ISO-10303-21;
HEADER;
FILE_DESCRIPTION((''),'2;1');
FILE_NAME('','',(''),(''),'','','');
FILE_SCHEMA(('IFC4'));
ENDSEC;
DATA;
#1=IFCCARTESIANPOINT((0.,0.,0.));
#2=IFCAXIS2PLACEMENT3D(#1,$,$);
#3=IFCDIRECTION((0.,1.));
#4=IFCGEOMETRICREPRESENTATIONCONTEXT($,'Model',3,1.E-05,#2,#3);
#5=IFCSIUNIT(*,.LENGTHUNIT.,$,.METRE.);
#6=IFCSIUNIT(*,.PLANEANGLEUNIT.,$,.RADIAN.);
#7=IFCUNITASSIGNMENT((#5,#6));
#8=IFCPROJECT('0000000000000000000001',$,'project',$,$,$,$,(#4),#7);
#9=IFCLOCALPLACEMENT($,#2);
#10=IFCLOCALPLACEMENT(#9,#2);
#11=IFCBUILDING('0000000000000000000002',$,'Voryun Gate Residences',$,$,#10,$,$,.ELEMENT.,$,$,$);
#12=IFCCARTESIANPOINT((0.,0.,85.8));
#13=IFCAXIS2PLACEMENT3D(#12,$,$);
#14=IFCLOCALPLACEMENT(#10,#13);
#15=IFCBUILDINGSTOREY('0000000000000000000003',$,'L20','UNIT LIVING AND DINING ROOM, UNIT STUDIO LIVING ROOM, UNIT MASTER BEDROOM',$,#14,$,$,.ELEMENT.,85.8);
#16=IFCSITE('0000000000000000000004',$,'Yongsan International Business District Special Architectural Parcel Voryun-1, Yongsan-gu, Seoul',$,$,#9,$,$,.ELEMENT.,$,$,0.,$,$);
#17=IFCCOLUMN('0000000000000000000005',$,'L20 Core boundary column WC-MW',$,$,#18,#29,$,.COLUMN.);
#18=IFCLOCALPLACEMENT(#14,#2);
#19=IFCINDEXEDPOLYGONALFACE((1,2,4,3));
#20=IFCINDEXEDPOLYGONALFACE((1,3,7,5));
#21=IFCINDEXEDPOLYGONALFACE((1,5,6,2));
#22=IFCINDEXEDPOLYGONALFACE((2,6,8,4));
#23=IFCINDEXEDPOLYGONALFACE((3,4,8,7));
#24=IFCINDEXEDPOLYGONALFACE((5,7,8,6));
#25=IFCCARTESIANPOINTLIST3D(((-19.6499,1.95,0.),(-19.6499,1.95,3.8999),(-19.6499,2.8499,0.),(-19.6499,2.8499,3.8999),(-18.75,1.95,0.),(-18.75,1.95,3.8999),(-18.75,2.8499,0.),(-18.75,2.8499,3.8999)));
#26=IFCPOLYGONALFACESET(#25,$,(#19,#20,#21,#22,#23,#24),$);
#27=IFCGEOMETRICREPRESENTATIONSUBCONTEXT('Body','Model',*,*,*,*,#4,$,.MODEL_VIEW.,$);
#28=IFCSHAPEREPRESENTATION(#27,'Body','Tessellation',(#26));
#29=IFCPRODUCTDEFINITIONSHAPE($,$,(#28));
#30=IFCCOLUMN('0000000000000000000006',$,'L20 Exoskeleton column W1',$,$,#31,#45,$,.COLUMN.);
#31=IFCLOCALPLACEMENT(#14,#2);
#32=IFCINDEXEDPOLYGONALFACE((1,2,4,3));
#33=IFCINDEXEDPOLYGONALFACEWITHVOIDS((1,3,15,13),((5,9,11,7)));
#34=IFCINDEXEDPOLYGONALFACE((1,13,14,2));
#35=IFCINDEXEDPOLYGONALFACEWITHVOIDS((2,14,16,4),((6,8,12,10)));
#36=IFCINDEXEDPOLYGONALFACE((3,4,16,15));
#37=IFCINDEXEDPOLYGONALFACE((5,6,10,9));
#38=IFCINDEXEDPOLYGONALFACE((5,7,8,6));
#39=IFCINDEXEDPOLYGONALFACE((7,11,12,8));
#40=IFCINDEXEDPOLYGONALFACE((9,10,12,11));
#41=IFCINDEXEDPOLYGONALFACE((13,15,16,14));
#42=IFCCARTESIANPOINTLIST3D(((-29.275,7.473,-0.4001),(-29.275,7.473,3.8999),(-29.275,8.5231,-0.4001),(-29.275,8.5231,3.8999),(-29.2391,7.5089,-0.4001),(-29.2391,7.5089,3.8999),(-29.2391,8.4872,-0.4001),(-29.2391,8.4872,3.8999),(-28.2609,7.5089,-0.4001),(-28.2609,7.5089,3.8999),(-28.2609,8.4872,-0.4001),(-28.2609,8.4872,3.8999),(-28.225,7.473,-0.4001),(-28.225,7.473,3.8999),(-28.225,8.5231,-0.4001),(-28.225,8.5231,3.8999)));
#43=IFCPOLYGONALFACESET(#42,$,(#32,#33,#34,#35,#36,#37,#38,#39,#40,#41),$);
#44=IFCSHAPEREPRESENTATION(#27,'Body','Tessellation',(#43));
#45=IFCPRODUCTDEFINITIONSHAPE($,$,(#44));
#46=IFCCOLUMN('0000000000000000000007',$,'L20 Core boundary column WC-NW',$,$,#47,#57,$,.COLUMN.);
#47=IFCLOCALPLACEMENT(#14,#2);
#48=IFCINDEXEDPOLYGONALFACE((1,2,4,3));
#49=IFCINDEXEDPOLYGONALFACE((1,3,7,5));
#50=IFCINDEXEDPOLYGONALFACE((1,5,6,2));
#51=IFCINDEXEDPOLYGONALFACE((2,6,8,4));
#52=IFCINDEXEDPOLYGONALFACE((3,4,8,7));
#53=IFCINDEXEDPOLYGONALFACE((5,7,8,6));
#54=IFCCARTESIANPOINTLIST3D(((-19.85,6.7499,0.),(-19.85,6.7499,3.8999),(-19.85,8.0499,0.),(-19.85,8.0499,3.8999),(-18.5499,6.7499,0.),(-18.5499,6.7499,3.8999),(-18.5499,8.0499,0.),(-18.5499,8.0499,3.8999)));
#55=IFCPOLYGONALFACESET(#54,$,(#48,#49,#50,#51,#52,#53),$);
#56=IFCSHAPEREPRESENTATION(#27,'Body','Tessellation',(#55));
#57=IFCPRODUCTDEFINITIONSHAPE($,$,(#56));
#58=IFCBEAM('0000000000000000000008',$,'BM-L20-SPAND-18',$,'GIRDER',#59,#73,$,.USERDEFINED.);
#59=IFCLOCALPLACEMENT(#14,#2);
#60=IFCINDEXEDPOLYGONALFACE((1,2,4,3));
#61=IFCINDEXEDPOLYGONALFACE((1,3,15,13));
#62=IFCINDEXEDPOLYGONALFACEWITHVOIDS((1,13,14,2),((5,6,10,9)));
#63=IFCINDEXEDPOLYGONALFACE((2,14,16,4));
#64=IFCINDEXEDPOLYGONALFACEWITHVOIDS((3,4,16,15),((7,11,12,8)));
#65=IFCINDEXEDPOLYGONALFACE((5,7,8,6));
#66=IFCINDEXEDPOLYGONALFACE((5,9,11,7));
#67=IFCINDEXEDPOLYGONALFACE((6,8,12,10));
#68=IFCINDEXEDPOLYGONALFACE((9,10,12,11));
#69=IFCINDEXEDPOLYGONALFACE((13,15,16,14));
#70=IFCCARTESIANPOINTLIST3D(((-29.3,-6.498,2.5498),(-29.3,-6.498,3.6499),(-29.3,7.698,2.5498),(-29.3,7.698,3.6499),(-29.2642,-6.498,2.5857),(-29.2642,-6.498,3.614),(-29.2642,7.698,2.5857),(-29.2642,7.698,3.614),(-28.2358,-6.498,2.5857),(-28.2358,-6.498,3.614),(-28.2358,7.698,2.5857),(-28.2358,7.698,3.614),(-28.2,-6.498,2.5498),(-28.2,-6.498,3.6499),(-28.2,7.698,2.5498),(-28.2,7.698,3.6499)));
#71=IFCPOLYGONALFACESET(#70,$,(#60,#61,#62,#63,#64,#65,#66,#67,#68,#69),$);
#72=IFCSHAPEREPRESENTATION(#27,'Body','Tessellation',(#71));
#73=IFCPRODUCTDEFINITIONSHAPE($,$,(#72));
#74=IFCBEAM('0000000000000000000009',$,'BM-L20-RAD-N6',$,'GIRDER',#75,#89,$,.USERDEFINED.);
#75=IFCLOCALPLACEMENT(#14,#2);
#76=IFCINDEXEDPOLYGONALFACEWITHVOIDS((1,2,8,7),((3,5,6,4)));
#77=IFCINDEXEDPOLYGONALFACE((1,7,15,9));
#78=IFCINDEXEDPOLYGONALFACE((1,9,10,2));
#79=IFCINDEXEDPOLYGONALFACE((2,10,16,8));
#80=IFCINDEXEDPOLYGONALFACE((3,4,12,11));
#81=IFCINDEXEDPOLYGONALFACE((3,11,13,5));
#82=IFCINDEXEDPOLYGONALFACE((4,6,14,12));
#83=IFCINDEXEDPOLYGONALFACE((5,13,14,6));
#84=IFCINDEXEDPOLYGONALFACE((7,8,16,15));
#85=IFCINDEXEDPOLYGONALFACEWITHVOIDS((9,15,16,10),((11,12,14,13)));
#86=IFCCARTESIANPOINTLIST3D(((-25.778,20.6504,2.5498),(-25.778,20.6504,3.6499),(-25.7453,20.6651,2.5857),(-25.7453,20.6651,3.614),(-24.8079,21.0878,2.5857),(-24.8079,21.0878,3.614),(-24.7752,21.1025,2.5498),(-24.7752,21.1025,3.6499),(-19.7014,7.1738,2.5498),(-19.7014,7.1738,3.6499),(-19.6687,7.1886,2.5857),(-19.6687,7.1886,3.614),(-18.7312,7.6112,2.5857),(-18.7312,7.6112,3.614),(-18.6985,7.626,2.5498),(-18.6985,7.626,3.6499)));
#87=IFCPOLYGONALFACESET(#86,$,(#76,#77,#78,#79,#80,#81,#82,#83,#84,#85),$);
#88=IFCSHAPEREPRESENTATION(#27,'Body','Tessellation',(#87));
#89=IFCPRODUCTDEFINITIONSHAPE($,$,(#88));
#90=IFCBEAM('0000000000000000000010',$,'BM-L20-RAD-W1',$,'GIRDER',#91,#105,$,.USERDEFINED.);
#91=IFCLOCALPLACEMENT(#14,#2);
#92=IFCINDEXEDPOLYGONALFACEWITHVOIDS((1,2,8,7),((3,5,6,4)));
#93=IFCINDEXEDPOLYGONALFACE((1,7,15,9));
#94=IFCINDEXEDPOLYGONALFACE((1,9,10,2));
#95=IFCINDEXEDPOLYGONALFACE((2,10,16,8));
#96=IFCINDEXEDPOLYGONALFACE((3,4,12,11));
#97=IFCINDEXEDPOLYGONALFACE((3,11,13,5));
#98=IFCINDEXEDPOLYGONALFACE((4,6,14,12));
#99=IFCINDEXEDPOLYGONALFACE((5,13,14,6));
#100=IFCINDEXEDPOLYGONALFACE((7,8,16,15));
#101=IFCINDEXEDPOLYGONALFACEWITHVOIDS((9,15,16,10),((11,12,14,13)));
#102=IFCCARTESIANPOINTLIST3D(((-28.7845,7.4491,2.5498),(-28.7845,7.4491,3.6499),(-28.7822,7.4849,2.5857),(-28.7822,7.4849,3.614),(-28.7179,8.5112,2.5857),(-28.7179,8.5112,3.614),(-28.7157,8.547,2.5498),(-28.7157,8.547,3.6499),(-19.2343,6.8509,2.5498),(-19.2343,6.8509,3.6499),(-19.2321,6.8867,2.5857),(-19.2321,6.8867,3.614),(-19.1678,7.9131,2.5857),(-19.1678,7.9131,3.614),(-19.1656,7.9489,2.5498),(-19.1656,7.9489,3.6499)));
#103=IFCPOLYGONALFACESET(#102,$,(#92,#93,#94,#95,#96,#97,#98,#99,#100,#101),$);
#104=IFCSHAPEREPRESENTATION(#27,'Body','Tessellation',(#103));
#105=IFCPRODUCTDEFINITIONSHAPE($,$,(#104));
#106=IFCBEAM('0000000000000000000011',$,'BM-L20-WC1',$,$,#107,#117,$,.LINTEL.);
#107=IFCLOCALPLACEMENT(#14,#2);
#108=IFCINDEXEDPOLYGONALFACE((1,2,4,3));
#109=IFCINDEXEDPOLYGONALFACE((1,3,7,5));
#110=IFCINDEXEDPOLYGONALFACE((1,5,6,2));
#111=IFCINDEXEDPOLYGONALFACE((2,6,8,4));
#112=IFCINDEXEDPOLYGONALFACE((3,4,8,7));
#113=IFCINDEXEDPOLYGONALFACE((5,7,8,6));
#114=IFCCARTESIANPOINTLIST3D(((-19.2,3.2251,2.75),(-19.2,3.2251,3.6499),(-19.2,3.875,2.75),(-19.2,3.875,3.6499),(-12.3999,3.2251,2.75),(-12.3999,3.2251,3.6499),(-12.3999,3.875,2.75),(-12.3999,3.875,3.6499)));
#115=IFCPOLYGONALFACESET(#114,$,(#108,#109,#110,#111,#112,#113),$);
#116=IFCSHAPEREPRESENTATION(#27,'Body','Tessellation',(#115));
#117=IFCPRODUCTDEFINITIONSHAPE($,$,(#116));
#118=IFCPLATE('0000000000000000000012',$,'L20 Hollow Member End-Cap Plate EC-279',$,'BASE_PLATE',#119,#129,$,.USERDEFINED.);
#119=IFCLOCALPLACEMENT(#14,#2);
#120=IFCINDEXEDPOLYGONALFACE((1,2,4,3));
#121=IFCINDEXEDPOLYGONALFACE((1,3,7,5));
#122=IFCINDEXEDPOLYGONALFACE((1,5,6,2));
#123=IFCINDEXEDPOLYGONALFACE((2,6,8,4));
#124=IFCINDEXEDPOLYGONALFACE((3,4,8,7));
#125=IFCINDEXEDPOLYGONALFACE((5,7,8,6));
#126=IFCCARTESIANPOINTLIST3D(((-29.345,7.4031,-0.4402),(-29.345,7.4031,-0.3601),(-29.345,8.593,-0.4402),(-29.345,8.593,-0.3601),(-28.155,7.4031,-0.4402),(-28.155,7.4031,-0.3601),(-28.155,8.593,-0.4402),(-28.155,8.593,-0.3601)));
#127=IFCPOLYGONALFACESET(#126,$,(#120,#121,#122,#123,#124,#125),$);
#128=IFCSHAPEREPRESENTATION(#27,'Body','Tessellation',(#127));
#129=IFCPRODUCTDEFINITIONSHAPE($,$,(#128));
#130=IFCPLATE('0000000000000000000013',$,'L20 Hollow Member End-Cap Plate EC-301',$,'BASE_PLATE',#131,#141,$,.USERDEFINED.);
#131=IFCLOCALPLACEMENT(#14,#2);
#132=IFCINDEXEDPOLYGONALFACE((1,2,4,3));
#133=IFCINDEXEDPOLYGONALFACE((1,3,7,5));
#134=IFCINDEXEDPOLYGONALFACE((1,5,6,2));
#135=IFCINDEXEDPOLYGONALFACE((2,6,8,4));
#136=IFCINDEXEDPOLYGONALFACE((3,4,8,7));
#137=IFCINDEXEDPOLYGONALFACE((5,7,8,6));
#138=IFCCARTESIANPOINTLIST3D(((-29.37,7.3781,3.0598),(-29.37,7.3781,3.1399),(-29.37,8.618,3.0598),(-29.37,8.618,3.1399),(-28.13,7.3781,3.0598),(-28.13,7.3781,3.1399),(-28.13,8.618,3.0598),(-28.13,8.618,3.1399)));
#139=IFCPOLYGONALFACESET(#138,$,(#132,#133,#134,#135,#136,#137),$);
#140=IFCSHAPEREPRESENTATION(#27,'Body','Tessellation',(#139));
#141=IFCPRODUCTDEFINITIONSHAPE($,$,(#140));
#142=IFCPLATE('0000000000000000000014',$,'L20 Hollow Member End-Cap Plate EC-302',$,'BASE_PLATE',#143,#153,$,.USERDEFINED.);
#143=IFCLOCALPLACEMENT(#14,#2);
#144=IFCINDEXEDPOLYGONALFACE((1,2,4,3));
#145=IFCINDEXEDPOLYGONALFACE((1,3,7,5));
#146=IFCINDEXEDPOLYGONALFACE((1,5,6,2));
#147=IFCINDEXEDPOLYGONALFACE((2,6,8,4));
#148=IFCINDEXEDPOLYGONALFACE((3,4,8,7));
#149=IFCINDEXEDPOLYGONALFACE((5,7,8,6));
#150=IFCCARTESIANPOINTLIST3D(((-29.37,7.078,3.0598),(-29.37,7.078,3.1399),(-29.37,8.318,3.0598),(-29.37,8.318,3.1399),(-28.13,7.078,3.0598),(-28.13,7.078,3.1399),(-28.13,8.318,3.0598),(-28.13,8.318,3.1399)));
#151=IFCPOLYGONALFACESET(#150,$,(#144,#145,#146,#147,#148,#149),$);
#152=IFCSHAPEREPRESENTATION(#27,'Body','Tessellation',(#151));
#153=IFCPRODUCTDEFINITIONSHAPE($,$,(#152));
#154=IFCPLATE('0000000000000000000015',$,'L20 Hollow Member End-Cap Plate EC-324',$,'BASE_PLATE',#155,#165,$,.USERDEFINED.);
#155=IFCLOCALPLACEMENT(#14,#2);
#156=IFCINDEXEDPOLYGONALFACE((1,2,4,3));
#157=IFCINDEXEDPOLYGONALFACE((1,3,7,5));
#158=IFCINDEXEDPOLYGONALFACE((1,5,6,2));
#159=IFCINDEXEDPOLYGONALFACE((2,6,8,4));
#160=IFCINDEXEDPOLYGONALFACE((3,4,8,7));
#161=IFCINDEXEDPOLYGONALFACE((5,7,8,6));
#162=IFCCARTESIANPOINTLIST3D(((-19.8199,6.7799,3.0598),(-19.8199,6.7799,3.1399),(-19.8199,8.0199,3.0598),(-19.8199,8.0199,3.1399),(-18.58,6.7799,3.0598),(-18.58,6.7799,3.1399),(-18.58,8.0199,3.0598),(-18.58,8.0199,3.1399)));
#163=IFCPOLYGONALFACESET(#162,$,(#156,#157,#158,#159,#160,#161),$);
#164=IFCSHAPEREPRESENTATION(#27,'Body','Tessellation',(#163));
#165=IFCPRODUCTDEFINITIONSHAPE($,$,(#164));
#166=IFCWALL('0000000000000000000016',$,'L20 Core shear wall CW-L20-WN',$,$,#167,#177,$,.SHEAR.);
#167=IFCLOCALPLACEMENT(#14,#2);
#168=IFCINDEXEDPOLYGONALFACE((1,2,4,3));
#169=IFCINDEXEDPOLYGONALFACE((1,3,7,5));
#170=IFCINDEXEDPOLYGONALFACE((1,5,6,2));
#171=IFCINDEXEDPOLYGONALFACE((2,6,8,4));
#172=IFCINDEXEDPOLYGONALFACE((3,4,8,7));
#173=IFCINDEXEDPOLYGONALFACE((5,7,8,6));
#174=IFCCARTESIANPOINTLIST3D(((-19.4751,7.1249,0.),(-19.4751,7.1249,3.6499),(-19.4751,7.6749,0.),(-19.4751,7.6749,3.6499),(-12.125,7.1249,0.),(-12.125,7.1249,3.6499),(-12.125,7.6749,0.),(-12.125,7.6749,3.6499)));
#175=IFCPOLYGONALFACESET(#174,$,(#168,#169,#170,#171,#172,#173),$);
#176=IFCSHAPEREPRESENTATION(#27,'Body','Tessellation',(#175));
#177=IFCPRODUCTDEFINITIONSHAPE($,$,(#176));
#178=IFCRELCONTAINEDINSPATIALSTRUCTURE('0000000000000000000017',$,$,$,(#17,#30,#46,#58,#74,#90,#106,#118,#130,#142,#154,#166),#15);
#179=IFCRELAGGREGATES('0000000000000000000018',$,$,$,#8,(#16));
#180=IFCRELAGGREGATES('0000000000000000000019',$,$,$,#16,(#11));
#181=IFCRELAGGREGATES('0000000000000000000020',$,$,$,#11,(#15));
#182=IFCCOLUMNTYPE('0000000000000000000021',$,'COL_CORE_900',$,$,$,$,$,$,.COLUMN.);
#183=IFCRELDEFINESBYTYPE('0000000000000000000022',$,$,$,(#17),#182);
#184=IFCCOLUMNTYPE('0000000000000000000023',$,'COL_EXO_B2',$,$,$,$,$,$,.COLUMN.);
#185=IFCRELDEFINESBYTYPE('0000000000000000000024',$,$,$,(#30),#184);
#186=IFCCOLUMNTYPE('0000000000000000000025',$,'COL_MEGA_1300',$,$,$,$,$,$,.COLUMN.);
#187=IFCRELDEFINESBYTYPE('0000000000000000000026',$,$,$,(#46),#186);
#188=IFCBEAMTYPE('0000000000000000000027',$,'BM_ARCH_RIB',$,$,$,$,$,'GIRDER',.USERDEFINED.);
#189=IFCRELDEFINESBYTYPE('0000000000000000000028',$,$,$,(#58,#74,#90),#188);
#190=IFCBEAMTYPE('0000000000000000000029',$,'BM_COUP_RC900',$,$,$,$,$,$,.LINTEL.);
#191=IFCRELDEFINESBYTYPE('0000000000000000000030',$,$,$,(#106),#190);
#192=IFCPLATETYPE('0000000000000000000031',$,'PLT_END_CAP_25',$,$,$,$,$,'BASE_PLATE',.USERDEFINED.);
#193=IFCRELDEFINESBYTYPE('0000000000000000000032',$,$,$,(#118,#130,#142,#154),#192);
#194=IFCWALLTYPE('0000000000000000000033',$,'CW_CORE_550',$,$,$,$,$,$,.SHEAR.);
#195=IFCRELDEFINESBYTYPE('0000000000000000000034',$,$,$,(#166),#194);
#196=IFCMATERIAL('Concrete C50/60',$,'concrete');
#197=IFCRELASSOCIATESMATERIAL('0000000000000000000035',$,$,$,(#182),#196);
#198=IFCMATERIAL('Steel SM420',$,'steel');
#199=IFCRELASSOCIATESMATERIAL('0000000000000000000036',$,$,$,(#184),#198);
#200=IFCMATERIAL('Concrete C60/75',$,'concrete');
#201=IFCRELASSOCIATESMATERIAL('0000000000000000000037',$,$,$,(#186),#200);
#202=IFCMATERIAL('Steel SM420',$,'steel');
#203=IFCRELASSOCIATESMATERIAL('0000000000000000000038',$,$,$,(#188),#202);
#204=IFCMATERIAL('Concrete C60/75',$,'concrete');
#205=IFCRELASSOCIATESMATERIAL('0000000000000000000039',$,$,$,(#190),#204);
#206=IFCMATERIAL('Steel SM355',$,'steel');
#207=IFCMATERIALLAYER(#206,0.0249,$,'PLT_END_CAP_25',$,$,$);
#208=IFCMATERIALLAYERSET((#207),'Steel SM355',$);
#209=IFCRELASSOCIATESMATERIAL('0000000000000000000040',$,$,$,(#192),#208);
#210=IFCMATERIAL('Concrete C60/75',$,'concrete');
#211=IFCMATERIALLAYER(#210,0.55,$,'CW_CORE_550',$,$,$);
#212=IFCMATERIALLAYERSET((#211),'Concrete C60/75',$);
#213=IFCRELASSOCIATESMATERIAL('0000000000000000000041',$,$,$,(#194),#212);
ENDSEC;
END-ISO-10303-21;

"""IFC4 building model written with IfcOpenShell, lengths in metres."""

from ifc_helpers import new_model, si_unit, direction, frame, frame_2d, origin, origin_2d, place, context, subcontext, project, spatial, rectangle, hollow_rectangle, extrude, material, layer, layer_set, material_profile, profile_set, type_object, element, save


model = new_model("IFC4")

# Units and contexts
model_context = context("Model", 3, precision=1e-05, world=origin(), true_north=direction((0.0, 1.0)))
body_context = subcontext(model_context, "Body", "Model", "MODEL_VIEW")
ifc_project = project(units=[si_unit("LENGTHUNIT", "METRE"), si_unit("PLANEANGLEUNIT", "RADIAN")], contexts=[model_context])

# Site, building, storey
site_placement = place(None, origin())
site = spatial("IfcSite", under=ifc_project, at=site_placement, Name="Yongsan International Business District Special Architectural Parcel Voryun-1, Yongsan-gu, Seoul", CompositionType="ELEMENT", RefElevation=0.0)
building_placement = place(site_placement, origin())
building = spatial("IfcBuilding", under=site, at=building_placement, Name="Voryun Gate Residences", CompositionType="ELEMENT")
storey_placement = place(building_placement, frame((0.0, 0.0, 85.8)))
storey = spatial("IfcBuildingStorey", under=building, at=storey_placement, Name="L20", Description="UNIT LIVING AND DINING ROOM, UNIT STUDIO LIVING ROOM, UNIT MASTER BEDROOM", CompositionType="ELEMENT", Elevation=85.8)

# Columns
ifc_material_1 = material(Name="Concrete C50/60", Category="concrete")
ifc_material_profile_1 = material_profile(ifc_material_1, rectangle(XDim=0.8999, YDim=0.8999, at=origin_2d()), Name="RC-900x900")
ifc_profile_set_1 = profile_set([ifc_material_profile_1], Name="Concrete C50/60")
column_type_1 = type_object("IfcColumnType", Name="COL_CORE_900", PredefinedType="COLUMN", material=ifc_profile_set_1)
column_1_placement = place(storey_placement, frame((-19.2, 2.3999, 0.0), z_axis=(0.0, 0.0, 1.0), x_axis=(1.0, 0.0, 0.0)))
element("IfcColumn", 1, at=column_1_placement, inside=storey, type_object=column_type_1, Name="L20 Core boundary column WC-MW", PredefinedType="COLUMN", context=body_context, shape_type="SweptSolid", body=[
    extrude(rectangle(XDim=0.8999, YDim=0.8999, at=origin_2d()), origin(), (0.0, 0.0, 1.0), 3.8999),
])
ifc_material_2 = material(Name="Steel SM420", Category="steel")
ifc_material_profile_2 = material_profile(ifc_material_2, hollow_rectangle(XDim=1.05, YDim=1.05, WallThickness=0.0359, at=origin_2d()), Name="BOX-1050x1050x36")
ifc_profile_set_2 = profile_set([ifc_material_profile_2], Name="Steel SM420")
column_type_2 = type_object("IfcColumnType", Name="COL_EXO_B2", PredefinedType="COLUMN", material=ifc_profile_set_2)
column_2_placement = place(storey_placement, frame((-28.75, 7.998, -0.4001), z_axis=(0.0, 0.0, 1.0), x_axis=(1.0, 0.0, 0.0)))
element("IfcColumn", 2, at=column_2_placement, inside=storey, type_object=column_type_2, Name="L20 Exoskeleton column W1", PredefinedType="COLUMN", context=body_context, shape_type="SweptSolid", body=[
    extrude(hollow_rectangle(XDim=1.05, YDim=1.05, WallThickness=0.0359, at=origin_2d()), origin(), (0.0, 0.0, 1.0), 4.3),
])
ifc_material_3 = material(Name="Concrete C60/75", Category="concrete")
ifc_material_profile_3 = material_profile(ifc_material_3, rectangle(XDim=1.3, YDim=1.3, at=origin_2d()), Name="RC-1300x1300")
ifc_profile_set_3 = profile_set([ifc_material_profile_3], Name="Concrete C60/75")
column_type_3 = type_object("IfcColumnType", Name="COL_MEGA_1300", PredefinedType="COLUMN", material=ifc_profile_set_3)
column_3_placement = place(storey_placement, frame((-19.2, 7.3999, 0.0), z_axis=(0.0, 0.0, 1.0), x_axis=(1.0, 0.0, 0.0)))
element("IfcColumn", 3, at=column_3_placement, inside=storey, type_object=column_type_3, Name="L20 Core boundary column WC-NW", PredefinedType="COLUMN", context=body_context, shape_type="SweptSolid", body=[
    extrude(rectangle(XDim=1.3, YDim=1.3, at=origin_2d()), origin(), (0.0, 0.0, 1.0), 3.8999),
])

# Beams
ifc_material_4 = material(Name="Steel SM420", Category="steel")
ifc_material_profile_4 = material_profile(ifc_material_4, hollow_rectangle(XDim=1.1001, YDim=1.1001, WallThickness=0.0359, at=origin_2d()), Name="BOX-1100x1100x36")
ifc_profile_set_4 = profile_set([ifc_material_profile_4], Name="Steel SM420")
beam_type_1 = type_object("IfcBeamType", Name="BM_ARCH_RIB", ElementType="GIRDER", PredefinedType="USERDEFINED", material=ifc_profile_set_4)
beam_1_placement = place(storey_placement, frame((-28.75, 7.698, 3.0999), z_axis=(0.0, -1.0, 0.0), x_axis=(1.0, 0.0, 0.0)))
element("IfcBeam", 4, at=beam_1_placement, inside=storey, type_object=beam_type_1, Name="BM-L20-SPAND-18", ObjectType="GIRDER", PredefinedType="USERDEFINED", context=body_context, shape_type="SweptSolid", body=[
    extrude(hollow_rectangle(XDim=1.1001, YDim=1.1001, WallThickness=0.0359, at=origin_2d()), origin(), (0.0, 0.0, 1.0), 14.196),
])
beam_2_placement = place(storey_placement, frame((-19.2, 7.3999, 3.0999), z_axis=(-0.411051, 0.911612, 0.0), x_axis=(-0.911612, -0.411051, 0.0)))
element("IfcBeam", 5, at=beam_2_placement, inside=storey, type_object=beam_type_1, Name="BM-L20-RAD-N6", ObjectType="GIRDER", PredefinedType="USERDEFINED", context=body_context, shape_type="SweptSolid", body=[
    extrude(hollow_rectangle(XDim=1.1001, YDim=1.1001, WallThickness=0.0359, at=origin_2d()), origin(), (0.0, 0.0, 1.0), 14.7832),
])
beam_3_placement = place(storey_placement, frame((-19.2, 7.3999, 3.0999), z_axis=(-0.998044, 0.06251, 0.0), x_axis=(-0.06251, -0.998044, 0.0)))
element("IfcBeam", 6, at=beam_3_placement, inside=storey, type_object=beam_type_1, Name="BM-L20-RAD-W1", ObjectType="GIRDER", PredefinedType="USERDEFINED", context=body_context, shape_type="SweptSolid", body=[
    extrude(hollow_rectangle(XDim=1.1001, YDim=1.1001, WallThickness=0.0359, at=origin_2d()), origin(), (0.0, 0.0, 1.0), 9.5688),
])
ifc_material_5 = material(Name="Concrete C60/75", Category="concrete")
ifc_material_profile_5 = material_profile(ifc_material_5, rectangle(XDim=0.6499, YDim=0.8999, at=origin_2d()), Name="RC-650x900")
ifc_profile_set_5 = profile_set([ifc_material_profile_5], Name="Concrete C60/75")
beam_type_2 = type_object("IfcBeamType", Name="BM_COUP_RC900", PredefinedType="LINTEL", material=ifc_profile_set_5)
beam_4_placement = place(storey_placement, frame((-19.2, 3.55, 3.2), z_axis=(1.0, 0.0, 0.0), x_axis=(0.0, 1.0, 0.0)))
element("IfcBeam", 7, at=beam_4_placement, inside=storey, type_object=beam_type_2, Name="BM-L20-WC1", PredefinedType="LINTEL", context=body_context, shape_type="SweptSolid", body=[
    extrude(rectangle(XDim=0.6499, YDim=0.8999, at=origin_2d()), origin(), (0.0, 0.0, 1.0), 6.8),
])

# Plates
ifc_material_6 = material(Name="Steel SM355", Category="steel")
ifc_layer_1 = layer(ifc_material_6, 0.0249, Name="PLT_END_CAP_25")
ifc_layer_set_1 = layer_set([ifc_layer_1], Name="Steel SM355")
plate_type = type_object("IfcPlateType", Name="PLT_END_CAP_25", ElementType="BASE_PLATE", PredefinedType="USERDEFINED", material=ifc_layer_set_1)
plate_placement = place(storey_placement, frame((-28.75, 7.998, -0.4402), z_axis=(0.0, 0.0, 1.0), x_axis=(1.0, 0.0, 0.0)))
element("IfcPlate", 8, at=plate_placement, inside=storey, type_object=plate_type, Name="L20 Hollow Member End-Cap Plate EC-279", ObjectType="BASE_PLATE", PredefinedType="USERDEFINED", context=body_context, shape_type="SweptSolid", body=[
    extrude(rectangle(XDim=1.1899, YDim=1.1899, at=origin_2d()), origin(), (0.0, 0.0, 1.0), 0.0801),
])
for number, where, z_axis, x_axis, name in (
    (9, (-28.75, 7.998, 3.0598), (0.0, 0.0, 1.0), (1.0, 0.0, 0.0), "L20 Hollow Member End-Cap Plate EC-301"),
    (10, (-28.75, 7.698, 3.0598), (0.0, 0.0, 1.0), (1.0, 0.0, 0.0), "L20 Hollow Member End-Cap Plate EC-302"),
    (11, (-19.2, 7.3999, 3.0598), (0.0, 0.0, 1.0), (1.0, 0.0, 0.0), "L20 Hollow Member End-Cap Plate EC-324"),
):
    element("IfcPlate", number, at=place(storey_placement, frame(where, z_axis=z_axis, x_axis=x_axis)), inside=storey, type_object=plate_type, Name=name, ObjectType="BASE_PLATE", PredefinedType="USERDEFINED", context=body_context, shape_type="SweptSolid", body=[
        extrude(rectangle(XDim=1.24, YDim=1.24, at=origin_2d()), origin(), (0.0, 0.0, 1.0), 0.0801),
    ])

# Wall
ifc_material_7 = material(Name="Concrete C60/75", Category="concrete")
ifc_layer_2 = layer(ifc_material_7, 0.55, Name="CW_CORE_550")
ifc_layer_set_2 = layer_set([ifc_layer_2], Name="Concrete C60/75")
wall_type_1 = type_object("IfcWallType", Name="CW_CORE_550", PredefinedType="SHEAR", material=ifc_layer_set_2)
wall_1_placement = place(storey_placement, frame((-19.4751, 7.3999, 0.0), z_axis=(0.0, 0.0, 1.0), x_axis=(1.0, 0.0, 0.0)))
element("IfcWall", 12, at=wall_1_placement, inside=storey, type_object=wall_type_1, Name="L20 Core shear wall CW-L20-WN", PredefinedType="SHEAR", context=body_context, shape_type="SweptSolid", body=[
    extrude(rectangle(XDim=7.3501, YDim=0.55, at=frame_2d((3.675, 0.0))), origin(), (0.0, 0.0, 1.0), 3.6499),
])

save(model, "model.ifc")
